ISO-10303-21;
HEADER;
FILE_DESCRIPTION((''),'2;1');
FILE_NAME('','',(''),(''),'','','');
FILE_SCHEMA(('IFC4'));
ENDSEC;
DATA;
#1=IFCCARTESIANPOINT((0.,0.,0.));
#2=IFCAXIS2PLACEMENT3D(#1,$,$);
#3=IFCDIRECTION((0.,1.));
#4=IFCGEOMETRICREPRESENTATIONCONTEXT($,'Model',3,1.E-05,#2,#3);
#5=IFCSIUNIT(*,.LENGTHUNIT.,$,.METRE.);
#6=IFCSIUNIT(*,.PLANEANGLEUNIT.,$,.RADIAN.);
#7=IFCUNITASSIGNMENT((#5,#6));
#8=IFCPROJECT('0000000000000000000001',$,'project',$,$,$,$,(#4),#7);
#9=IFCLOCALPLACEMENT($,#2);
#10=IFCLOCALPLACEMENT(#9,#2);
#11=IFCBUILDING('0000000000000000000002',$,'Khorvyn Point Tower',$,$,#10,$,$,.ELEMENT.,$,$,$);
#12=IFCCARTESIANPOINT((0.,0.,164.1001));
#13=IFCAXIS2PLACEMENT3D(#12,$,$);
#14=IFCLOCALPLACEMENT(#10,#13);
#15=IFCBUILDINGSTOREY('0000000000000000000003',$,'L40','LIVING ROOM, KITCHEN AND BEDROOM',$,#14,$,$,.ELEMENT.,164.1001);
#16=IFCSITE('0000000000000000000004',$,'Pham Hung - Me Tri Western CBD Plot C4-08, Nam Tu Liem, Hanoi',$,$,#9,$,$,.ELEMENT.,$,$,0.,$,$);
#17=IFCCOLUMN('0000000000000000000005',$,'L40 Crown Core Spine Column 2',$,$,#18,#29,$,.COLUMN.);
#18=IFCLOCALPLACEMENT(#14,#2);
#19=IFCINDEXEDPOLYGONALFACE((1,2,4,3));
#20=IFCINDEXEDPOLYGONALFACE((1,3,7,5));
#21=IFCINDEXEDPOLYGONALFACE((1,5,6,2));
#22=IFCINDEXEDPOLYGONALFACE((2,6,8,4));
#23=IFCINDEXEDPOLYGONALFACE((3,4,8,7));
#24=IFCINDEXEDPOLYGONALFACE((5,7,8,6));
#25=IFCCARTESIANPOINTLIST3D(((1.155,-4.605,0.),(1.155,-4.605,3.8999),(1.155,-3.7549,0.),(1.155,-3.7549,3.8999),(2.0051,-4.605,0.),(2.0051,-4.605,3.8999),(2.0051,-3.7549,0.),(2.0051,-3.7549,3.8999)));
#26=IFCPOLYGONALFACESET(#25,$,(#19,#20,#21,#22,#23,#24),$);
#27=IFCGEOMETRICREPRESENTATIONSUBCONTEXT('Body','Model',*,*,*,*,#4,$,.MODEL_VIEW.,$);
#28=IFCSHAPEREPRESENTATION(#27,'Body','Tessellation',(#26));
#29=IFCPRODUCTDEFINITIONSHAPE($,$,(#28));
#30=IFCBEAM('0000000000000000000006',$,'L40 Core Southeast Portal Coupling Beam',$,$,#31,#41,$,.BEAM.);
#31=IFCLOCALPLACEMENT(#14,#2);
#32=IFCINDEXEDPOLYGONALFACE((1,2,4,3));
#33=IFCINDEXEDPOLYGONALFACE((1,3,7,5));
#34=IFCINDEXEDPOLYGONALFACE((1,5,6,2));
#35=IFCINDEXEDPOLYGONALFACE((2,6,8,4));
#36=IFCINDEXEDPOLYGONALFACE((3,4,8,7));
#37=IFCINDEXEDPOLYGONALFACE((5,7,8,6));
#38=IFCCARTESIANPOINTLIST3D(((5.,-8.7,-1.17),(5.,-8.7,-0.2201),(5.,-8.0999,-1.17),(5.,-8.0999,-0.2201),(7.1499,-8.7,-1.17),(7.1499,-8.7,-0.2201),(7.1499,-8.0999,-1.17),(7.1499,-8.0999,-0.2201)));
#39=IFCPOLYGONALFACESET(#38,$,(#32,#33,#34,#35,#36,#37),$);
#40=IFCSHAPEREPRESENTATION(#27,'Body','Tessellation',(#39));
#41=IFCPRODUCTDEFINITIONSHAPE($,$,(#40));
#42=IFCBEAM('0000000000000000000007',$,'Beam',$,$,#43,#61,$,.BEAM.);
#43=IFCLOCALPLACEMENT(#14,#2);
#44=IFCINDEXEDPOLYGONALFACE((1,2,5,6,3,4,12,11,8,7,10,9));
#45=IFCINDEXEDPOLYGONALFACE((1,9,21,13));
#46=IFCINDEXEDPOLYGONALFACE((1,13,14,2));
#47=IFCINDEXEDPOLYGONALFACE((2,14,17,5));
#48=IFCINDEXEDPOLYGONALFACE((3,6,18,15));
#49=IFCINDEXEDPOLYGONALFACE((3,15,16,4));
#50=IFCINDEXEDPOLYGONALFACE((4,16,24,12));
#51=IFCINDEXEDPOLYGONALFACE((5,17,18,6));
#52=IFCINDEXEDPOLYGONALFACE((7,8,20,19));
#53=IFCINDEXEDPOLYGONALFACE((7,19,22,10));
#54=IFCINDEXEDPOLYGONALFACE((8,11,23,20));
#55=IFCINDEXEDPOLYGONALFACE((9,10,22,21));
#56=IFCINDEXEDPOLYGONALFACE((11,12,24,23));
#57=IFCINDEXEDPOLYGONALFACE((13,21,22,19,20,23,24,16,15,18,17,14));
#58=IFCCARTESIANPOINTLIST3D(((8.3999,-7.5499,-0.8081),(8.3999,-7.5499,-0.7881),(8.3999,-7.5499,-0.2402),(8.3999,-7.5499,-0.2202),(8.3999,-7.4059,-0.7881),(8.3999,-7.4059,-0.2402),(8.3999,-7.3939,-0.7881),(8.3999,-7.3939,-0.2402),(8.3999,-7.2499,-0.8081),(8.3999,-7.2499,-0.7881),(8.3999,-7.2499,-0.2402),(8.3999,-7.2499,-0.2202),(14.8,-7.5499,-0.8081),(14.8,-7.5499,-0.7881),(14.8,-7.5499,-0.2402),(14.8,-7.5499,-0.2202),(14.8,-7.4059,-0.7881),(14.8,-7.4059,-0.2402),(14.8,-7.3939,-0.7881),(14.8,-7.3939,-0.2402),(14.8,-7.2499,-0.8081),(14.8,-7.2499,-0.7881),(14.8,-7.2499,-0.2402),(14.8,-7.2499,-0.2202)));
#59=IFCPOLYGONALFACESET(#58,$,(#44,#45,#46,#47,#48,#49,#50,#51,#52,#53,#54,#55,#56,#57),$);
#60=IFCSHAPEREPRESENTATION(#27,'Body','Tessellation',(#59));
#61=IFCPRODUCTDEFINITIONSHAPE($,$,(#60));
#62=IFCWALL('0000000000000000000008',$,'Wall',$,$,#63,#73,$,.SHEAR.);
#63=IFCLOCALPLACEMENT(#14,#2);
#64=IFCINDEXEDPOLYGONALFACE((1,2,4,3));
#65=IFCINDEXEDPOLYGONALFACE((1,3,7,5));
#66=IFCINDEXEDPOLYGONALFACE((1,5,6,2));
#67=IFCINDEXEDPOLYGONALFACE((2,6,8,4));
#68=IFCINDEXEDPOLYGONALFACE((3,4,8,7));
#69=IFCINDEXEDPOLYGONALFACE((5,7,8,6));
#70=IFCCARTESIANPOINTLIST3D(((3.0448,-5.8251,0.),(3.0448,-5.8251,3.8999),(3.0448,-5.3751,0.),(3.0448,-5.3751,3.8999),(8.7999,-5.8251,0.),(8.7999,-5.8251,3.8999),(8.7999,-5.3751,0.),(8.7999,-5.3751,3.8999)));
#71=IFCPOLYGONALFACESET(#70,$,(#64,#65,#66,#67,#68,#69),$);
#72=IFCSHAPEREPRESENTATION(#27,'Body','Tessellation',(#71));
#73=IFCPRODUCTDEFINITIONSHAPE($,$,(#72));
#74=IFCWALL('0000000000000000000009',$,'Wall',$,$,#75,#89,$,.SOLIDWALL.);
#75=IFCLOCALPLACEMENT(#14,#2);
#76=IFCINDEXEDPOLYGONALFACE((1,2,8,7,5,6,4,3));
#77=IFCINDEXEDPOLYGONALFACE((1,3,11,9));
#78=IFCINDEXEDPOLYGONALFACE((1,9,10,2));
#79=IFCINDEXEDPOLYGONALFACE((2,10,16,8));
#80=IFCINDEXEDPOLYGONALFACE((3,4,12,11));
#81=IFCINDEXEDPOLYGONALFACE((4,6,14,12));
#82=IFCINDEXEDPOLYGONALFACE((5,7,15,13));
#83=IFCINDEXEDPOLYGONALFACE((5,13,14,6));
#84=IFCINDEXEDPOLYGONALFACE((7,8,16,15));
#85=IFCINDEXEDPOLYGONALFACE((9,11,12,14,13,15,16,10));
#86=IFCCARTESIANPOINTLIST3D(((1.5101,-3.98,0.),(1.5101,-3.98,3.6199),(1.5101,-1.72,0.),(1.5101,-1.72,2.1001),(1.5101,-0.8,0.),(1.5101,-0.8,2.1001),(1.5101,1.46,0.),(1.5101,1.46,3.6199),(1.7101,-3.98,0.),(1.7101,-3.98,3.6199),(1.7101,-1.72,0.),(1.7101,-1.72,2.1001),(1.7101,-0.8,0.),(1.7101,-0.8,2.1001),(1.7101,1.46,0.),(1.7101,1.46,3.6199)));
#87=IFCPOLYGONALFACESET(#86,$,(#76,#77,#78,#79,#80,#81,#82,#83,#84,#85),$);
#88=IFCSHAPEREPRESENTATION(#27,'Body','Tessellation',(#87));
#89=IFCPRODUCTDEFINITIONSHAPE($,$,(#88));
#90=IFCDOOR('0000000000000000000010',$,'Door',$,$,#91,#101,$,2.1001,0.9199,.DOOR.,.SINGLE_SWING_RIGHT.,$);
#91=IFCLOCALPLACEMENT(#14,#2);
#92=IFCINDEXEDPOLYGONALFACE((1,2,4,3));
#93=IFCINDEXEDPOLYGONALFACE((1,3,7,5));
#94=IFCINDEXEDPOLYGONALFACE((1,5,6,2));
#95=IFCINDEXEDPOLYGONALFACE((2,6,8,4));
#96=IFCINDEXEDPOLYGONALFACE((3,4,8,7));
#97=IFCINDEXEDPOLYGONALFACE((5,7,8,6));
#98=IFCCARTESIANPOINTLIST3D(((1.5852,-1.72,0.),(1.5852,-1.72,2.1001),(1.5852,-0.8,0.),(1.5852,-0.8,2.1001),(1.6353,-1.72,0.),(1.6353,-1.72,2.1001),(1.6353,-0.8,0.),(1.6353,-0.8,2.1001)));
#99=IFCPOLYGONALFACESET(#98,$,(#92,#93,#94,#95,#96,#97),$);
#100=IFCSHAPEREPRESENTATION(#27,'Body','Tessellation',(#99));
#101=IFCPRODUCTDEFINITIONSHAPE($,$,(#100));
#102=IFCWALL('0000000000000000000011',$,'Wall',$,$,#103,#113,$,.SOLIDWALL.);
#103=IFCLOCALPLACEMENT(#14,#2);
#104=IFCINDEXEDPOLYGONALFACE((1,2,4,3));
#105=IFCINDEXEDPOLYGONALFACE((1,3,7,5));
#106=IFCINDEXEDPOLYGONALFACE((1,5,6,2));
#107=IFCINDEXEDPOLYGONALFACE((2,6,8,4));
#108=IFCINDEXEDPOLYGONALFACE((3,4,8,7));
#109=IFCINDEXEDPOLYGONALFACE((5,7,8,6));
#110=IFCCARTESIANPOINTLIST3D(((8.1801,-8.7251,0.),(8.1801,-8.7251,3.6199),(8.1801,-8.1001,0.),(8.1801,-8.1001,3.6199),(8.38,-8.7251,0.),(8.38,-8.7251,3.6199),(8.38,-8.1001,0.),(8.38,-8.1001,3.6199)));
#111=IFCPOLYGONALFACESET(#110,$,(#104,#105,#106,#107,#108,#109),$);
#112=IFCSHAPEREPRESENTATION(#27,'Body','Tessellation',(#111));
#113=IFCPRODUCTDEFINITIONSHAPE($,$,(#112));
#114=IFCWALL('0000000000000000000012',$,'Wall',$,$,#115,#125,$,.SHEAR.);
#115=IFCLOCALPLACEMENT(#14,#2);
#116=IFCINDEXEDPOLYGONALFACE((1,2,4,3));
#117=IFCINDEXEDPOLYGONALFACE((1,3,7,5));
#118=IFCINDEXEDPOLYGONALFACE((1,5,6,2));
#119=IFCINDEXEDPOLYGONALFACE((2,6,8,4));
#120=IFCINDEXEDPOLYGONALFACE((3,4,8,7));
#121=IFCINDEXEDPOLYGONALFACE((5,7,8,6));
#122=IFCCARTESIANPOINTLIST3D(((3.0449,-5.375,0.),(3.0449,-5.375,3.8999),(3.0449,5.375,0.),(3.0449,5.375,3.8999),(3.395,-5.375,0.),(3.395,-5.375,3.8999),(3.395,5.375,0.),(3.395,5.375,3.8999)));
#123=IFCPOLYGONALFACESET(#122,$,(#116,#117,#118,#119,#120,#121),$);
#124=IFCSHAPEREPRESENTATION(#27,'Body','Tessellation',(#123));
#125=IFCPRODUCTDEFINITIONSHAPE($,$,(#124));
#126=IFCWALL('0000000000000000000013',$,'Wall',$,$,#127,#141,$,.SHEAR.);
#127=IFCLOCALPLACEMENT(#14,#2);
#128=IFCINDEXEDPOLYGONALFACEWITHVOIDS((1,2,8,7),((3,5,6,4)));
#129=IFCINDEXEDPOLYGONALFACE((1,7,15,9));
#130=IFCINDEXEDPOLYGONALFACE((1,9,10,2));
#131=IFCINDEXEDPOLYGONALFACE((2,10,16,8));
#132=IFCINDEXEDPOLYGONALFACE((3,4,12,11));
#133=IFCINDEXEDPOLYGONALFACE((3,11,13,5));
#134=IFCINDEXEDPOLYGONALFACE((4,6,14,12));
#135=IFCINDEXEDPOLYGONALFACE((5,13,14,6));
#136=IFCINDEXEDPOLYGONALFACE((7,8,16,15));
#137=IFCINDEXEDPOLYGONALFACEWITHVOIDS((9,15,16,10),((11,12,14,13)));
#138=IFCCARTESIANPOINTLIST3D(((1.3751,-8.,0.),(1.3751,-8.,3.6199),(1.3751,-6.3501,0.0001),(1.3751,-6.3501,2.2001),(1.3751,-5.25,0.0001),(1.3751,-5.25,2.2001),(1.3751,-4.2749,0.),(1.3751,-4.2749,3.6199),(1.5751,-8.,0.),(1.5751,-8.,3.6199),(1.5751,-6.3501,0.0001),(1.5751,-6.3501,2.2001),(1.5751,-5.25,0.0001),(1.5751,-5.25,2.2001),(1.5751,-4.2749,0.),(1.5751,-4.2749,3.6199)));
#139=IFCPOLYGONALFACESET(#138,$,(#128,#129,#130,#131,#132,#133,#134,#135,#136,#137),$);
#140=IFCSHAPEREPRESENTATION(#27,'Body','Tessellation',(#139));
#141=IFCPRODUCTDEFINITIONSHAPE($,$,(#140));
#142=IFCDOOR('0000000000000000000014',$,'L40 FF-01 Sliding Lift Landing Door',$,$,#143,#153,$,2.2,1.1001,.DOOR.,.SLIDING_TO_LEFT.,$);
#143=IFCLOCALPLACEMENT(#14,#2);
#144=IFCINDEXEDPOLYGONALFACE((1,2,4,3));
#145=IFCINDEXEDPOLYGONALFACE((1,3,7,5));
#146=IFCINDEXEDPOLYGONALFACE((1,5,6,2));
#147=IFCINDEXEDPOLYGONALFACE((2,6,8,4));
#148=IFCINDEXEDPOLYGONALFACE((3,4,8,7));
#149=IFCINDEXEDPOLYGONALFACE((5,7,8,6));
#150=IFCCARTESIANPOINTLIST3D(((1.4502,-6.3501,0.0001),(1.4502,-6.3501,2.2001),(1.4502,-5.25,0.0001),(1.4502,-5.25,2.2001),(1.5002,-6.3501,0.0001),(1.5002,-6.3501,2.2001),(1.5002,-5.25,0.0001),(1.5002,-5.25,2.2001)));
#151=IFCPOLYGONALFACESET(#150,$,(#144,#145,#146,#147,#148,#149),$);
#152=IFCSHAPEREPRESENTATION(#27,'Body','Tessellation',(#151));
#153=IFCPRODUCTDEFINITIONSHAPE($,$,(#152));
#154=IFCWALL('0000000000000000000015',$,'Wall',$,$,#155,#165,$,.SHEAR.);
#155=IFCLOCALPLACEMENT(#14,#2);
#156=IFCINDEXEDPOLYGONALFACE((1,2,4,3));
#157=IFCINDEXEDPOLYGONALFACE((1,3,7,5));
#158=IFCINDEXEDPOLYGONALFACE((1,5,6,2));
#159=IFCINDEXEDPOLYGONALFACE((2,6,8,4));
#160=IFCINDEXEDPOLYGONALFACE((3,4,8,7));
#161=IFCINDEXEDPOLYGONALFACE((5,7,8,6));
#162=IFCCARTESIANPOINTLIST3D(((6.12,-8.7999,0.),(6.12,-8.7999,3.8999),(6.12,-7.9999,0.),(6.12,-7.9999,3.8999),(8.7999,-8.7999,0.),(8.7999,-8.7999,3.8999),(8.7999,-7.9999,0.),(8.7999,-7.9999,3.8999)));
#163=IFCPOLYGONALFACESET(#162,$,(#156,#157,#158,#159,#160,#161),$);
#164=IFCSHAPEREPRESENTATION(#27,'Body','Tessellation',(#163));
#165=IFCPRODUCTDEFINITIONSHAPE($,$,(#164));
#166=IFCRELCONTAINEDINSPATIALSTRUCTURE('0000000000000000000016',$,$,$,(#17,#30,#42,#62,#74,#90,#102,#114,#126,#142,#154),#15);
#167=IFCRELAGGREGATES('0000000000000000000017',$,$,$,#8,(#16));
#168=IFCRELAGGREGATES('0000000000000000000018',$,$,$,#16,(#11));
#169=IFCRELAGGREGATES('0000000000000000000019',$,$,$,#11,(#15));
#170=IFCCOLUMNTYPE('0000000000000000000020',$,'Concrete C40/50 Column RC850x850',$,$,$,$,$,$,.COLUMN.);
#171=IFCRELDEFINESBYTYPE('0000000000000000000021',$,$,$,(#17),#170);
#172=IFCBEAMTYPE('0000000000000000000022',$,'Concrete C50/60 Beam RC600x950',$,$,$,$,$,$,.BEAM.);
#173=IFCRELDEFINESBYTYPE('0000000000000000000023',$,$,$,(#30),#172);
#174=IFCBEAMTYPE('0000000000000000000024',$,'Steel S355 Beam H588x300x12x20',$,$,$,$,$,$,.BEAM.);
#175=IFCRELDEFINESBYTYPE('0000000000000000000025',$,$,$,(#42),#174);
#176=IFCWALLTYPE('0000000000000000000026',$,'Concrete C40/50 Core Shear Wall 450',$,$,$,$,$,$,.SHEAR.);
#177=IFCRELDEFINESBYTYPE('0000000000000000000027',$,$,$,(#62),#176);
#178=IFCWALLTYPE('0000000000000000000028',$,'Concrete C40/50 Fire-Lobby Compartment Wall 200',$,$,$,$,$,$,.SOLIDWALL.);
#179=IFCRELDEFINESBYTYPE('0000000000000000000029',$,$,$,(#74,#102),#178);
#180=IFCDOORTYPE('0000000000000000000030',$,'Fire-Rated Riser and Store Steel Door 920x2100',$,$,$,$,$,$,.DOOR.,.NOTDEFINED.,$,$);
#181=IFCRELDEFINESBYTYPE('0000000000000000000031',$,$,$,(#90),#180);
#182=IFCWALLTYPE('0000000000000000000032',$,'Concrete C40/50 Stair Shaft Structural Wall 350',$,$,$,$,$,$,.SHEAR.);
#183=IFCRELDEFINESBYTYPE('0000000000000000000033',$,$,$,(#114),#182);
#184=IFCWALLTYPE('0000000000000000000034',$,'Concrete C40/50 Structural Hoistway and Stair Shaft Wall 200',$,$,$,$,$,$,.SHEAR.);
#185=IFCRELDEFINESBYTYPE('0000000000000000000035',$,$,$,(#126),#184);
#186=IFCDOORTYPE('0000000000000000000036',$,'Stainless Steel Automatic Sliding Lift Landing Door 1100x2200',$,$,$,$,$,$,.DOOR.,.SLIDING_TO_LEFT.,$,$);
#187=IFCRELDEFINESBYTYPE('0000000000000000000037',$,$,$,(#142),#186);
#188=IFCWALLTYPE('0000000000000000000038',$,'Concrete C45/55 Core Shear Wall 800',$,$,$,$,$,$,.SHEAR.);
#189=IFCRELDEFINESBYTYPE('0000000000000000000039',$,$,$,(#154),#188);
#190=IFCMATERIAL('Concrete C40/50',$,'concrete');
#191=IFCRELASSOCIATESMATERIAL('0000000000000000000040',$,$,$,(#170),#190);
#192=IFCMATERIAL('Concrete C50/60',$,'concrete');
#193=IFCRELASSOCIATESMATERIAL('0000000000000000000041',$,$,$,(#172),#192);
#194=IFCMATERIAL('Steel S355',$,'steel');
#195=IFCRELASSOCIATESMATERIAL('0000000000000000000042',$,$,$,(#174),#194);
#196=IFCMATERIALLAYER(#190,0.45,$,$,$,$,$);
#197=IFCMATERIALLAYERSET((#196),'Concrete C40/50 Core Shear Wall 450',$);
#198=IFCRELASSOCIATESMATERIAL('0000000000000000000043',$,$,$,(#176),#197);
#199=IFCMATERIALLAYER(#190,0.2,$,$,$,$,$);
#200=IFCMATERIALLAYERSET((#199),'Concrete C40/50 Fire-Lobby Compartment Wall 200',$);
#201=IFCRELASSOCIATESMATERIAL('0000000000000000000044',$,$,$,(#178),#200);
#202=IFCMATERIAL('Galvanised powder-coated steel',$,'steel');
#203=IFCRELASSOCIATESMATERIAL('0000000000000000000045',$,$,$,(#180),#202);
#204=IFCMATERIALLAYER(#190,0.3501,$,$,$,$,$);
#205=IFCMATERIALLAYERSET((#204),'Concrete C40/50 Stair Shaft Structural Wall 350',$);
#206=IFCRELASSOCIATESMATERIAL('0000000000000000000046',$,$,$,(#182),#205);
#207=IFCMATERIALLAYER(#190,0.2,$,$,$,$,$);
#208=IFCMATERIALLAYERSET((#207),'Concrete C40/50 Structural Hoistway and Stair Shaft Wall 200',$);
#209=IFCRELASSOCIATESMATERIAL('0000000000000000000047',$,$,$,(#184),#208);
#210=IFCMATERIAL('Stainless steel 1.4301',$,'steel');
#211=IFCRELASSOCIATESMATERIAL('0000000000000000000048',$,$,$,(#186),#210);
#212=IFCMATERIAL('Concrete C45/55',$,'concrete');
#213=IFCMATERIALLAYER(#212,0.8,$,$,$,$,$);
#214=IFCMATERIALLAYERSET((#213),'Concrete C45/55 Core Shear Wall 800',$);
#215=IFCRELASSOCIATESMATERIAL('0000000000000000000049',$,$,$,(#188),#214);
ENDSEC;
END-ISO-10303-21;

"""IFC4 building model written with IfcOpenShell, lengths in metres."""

from ifc_helpers import new_model, si_unit, direction, frame, frame_2d, origin, origin_2d, place, context, subcontext, project, spatial, rectangle, i_section, extrude, material, layer, layer_set, material_profile, profile_set, type_object, element, fill, save


model = new_model("IFC4")

# Units and contexts
model_context = context("Model", 3, precision=1e-05, world=origin(), true_north=direction((0.0, 1.0)))
body_context = subcontext(model_context, "Body", "Model", "MODEL_VIEW")
ifc_project = project(units=[si_unit("LENGTHUNIT", "METRE"), si_unit("PLANEANGLEUNIT", "RADIAN")], contexts=[model_context])

# Site, building, storey
site_placement = place(None, origin())
site = spatial("IfcSite", under=ifc_project, at=site_placement, Name="Pham Hung - Me Tri Western CBD Plot C4-08, Nam Tu Liem, Hanoi", CompositionType="ELEMENT", RefElevation=0.0)
building_placement = place(site_placement, origin())
building = spatial("IfcBuilding", under=site, at=building_placement, Name="Khorvyn Point Tower", CompositionType="ELEMENT")
storey_placement = place(building_placement, frame((0.0, 0.0, 164.1001)))
storey = spatial("IfcBuildingStorey", under=building, at=storey_placement, Name="L40", Description="LIVING ROOM, KITCHEN AND BEDROOM", CompositionType="ELEMENT", Elevation=164.1001)

# Column
ifc_material_1 = material(Name="Concrete C40/50", Category="concrete")
ifc_material_profile_1 = material_profile(ifc_material_1, rectangle(XDim=0.8501, YDim=0.8501, at=origin_2d()))
ifc_profile_set_1 = profile_set([ifc_material_profile_1], Name="Concrete C40/50 RC850x850")
column_type = type_object("IfcColumnType", Name="Concrete C40/50 Column RC850x850", PredefinedType="COLUMN", material=ifc_profile_set_1)
column_placement = place(storey_placement, frame((1.5801, -4.1799, 0.0), z_axis=(0.0, 0.0, 1.0), x_axis=(1.0, 0.0, 0.0)))
element("IfcColumn", 1, at=column_placement, inside=storey, type_object=column_type, Name="L40 Crown Core Spine Column 2", PredefinedType="COLUMN", context=body_context, shape_type="SweptSolid", body=[
    extrude(rectangle(XDim=0.8501, YDim=0.8501, at=origin_2d()), origin(), (0.0, 0.0, 1.0), 3.8999),
])

# Beams
ifc_material_2 = material(Name="Concrete C50/60", Category="concrete")
ifc_material_profile_2 = material_profile(ifc_material_2, rectangle(XDim=0.6001, YDim=0.95, at=origin_2d()))
ifc_profile_set_2 = profile_set([ifc_material_profile_2], Name="Concrete C50/60 RC600x950")
beam_type_1 = type_object("IfcBeamType", Name="Concrete C50/60 Beam RC600x950", PredefinedType="BEAM", material=ifc_profile_set_2)
beam_1_placement = place(storey_placement, frame((5.0, -8.3999, -0.6951), z_axis=(1.0, 0.0, 0.0), x_axis=(0.0, 1.0, 0.0)))
element("IfcBeam", 2, at=beam_1_placement, inside=storey, type_object=beam_type_1, Name="L40 Core Southeast Portal Coupling Beam", PredefinedType="BEAM", context=body_context, shape_type="SweptSolid", body=[
    extrude(rectangle(XDim=0.6001, YDim=0.95, at=origin_2d()), origin(), (0.0, 0.0, 1.0), 2.1499),
])
ifc_material_3 = material(Name="Steel S355", Category="steel")
ifc_material_profile_3 = material_profile(ifc_material_3, i_section(OverallWidth=0.3, OverallDepth=0.5879, WebThickness=0.012, FlangeThickness=0.02, at=origin_2d()))
ifc_profile_set_3 = profile_set([ifc_material_profile_3], Name="Steel S355 H588x300x12x20")
beam_type_2 = type_object("IfcBeamType", Name="Steel S355 Beam H588x300x12x20", PredefinedType="BEAM", material=ifc_profile_set_3)
beam_2_placement = place(storey_placement, frame((8.3999, -7.3999, -0.5142), z_axis=(1.0, 0.0, 0.0), x_axis=(0.0, 1.0, 0.0)))
element("IfcBeam", 3, at=beam_2_placement, inside=storey, type_object=beam_type_2, Name="Beam", PredefinedType="BEAM", context=body_context, shape_type="SweptSolid", body=[
    extrude(i_section(OverallWidth=0.3, OverallDepth=0.5879, WebThickness=0.012, FlangeThickness=0.02, at=origin_2d()), origin(), (0.0, 0.0, 1.0), 6.4001),
])

# Wall
ifc_layer_1 = layer(ifc_material_1, 0.45)
ifc_layer_set_1 = layer_set([ifc_layer_1], Name="Concrete C40/50 Core Shear Wall 450")
wall_type_1 = type_object("IfcWallType", Name="Concrete C40/50 Core Shear Wall 450", PredefinedType="SHEAR", material=ifc_layer_set_1)
wall_1_placement = place(storey_placement, frame((3.0449, -5.6001, 0.0), z_axis=(0.0, 0.0, 1.0), x_axis=(1.0, 0.0, 0.0)))
element("IfcWall", 4, at=wall_1_placement, inside=storey, type_object=wall_type_1, Name="Wall", PredefinedType="SHEAR", context=body_context, shape_type="SweptSolid", body=[
    extrude(rectangle(XDim=5.7551, YDim=0.45, at=frame_2d((2.8774, 0.0))), origin(), (0.0, 0.0, 1.0), 3.8999),
])

# Wall, opening, door
ifc_layer_2 = layer(ifc_material_1, 0.2)
ifc_layer_set_2 = layer_set([ifc_layer_2], Name="Concrete C40/50 Fire-Lobby Compartment Wall 200")
wall_type_2 = type_object("IfcWallType", Name="Concrete C40/50 Fire-Lobby Compartment Wall 200", PredefinedType="SOLIDWALL", material=ifc_layer_set_2)
ifc_material_4 = material(Name="Galvanised powder-coated steel", Category="steel")
wall_2_placement = place(storey_placement, frame((1.6101, -3.98, 0.0), z_axis=(0.0, 0.0, 1.0), x_axis=(0.0, 1.0, 0.0)))
wall_2 = element("IfcWall", 5, at=wall_2_placement, inside=storey, type_object=wall_type_2, Name="Wall", PredefinedType="SOLIDWALL", context=body_context, shape_type="SweptSolid", body=[
    extrude(rectangle(XDim=5.4399, YDim=0.2, at=frame_2d((2.72, 0.0))), origin(), (0.0, 0.0, 1.0), 3.6199),
])
opening_1_placement = place(wall_2_placement, frame((2.26, 0.0, 0.0)))
opening_1 = element("IfcOpeningElement", 6, at=opening_1_placement, cuts=wall_2, PredefinedType="OPENING", context=body_context, shape_type="SweptSolid", body=[
    extrude(rectangle(XDim=0.9199, YDim=2.1001, at=frame_2d((0.46, 1.05))), frame((0.0, 0.1099, 0.0), z_axis=(0.0, -1.0, 0.0), x_axis=(1.0, 0.0, 0.0)), (0.0, 0.0, 1.0), 0.22),
])
door_type_1 = type_object("IfcDoorType", Name="Fire-Rated Riser and Store Steel Door 920x2100", OperationType="NOTDEFINED", PredefinedType="DOOR", material=ifc_material_4)
door_1_placement = place(opening_1_placement, origin())
door_1 = element("IfcDoor", 7, at=door_1_placement, inside=storey, type_object=door_type_1, Name="Door", OperationType="SINGLE_SWING_RIGHT", OverallHeight=2.1001, OverallWidth=0.9199, PredefinedType="DOOR", context=body_context, shape_type="SweptSolid", body=[
    extrude(rectangle(XDim=0.9199, YDim=2.1001, at=frame_2d((0.46, 1.05))), frame((0.0, 0.0249, 0.0), z_axis=(0.0, -1.0, 0.0), x_axis=(1.0, 0.0, 0.0)), (0.0, 0.0, 1.0), 0.05),
])
fill(opening_1, door_1)

# Walls
wall_3_placement = place(storey_placement, frame((8.28, -8.7251, 0.0), z_axis=(0.0, 0.0, 1.0), x_axis=(0.0, 1.0, 0.0)))
element("IfcWall", 8, at=wall_3_placement, inside=storey, type_object=wall_type_2, Name="Wall", PredefinedType="SOLIDWALL", context=body_context, shape_type="SweptSolid", body=[
    extrude(rectangle(XDim=0.625, YDim=0.2, at=frame_2d((0.3125, 0.0))), origin(), (0.0, 0.0, 1.0), 3.6199),
])
ifc_layer_3 = layer(ifc_material_1, 0.3501)
ifc_layer_set_3 = layer_set([ifc_layer_3], Name="Concrete C40/50 Stair Shaft Structural Wall 350")
wall_type_3 = type_object("IfcWallType", Name="Concrete C40/50 Stair Shaft Structural Wall 350", PredefinedType="SHEAR", material=ifc_layer_set_3)
wall_4_placement = place(storey_placement, frame((3.22, -5.375, 0.0), z_axis=(0.0, 0.0, 1.0), x_axis=(0.0, 1.0, 0.0)))
element("IfcWall", 9, at=wall_4_placement, inside=storey, type_object=wall_type_3, Name="Wall", PredefinedType="SHEAR", context=body_context, shape_type="SweptSolid", body=[
    extrude(rectangle(XDim=10.75, YDim=0.3501, at=frame_2d((5.375, 0.0))), origin(), (0.0, 0.0, 1.0), 3.8999),
])

# Wall, opening, door
ifc_layer_4 = layer(ifc_material_1, 0.2)
ifc_layer_set_4 = layer_set([ifc_layer_4], Name="Concrete C40/50 Structural Hoistway and Stair Shaft Wall 200")
wall_type_4 = type_object("IfcWallType", Name="Concrete C40/50 Structural Hoistway and Stair Shaft Wall 200", PredefinedType="SHEAR", material=ifc_layer_set_4)
wall_5_placement = place(storey_placement, frame((1.4751, -8.0, 0.0), z_axis=(0.0, 0.0, 1.0), x_axis=(0.0, 1.0, 0.0)))
wall_5 = element("IfcWall", 10, at=wall_5_placement, inside=storey, type_object=wall_type_4, Name="Wall", PredefinedType="SHEAR", context=body_context, shape_type="SweptSolid", body=[
    extrude(rectangle(XDim=3.7251, YDim=0.2, at=frame_2d((1.8625, 0.0))), origin(), (0.0, 0.0, 1.0), 3.6199),
])
opening_2_placement = place(wall_5_placement, frame((1.6499, 0.0, 0.0)))
opening_2 = element("IfcOpeningElement", 11, at=opening_2_placement, cuts=wall_5, PredefinedType="OPENING", context=body_context, shape_type="SweptSolid", body=[
    extrude(rectangle(XDim=1.1001, YDim=2.2, at=frame_2d((0.55, 1.1001))), frame((0.0, 0.1099, 0.0), z_axis=(0.0, -1.0, 0.0), x_axis=(1.0, 0.0, 0.0)), (0.0, 0.0, 1.0), 0.22),
])
ifc_material_5 = material(Name="Stainless steel 1.4301", Category="steel")
door_type_2 = type_object("IfcDoorType", Name="Stainless Steel Automatic Sliding Lift Landing Door 1100x2200", OperationType="SLIDING_TO_LEFT", PredefinedType="DOOR", material=ifc_material_5)
door_2_placement = place(opening_2_placement, origin())
door_2 = element("IfcDoor", 12, at=door_2_placement, inside=storey, type_object=door_type_2, Name="L40 FF-01 Sliding Lift Landing Door", OperationType="SLIDING_TO_LEFT", OverallHeight=2.2, OverallWidth=1.1001, PredefinedType="DOOR", context=body_context, shape_type="SweptSolid", body=[
    extrude(rectangle(XDim=1.1001, YDim=2.2, at=frame_2d((0.55, 1.1001))), frame((0.0, 0.0249, 0.0), z_axis=(0.0, -1.0, 0.0), x_axis=(1.0, 0.0, 0.0)), (0.0, 0.0, 1.0), 0.05),
])
fill(opening_2, door_2)

# Wall
ifc_material_6 = material(Name="Concrete C45/55", Category="concrete")
ifc_layer_5 = layer(ifc_material_6, 0.8)
ifc_layer_set_5 = layer_set([ifc_layer_5], Name="Concrete C45/55 Core Shear Wall 800")
wall_type_5 = type_object("IfcWallType", Name="Concrete C45/55 Core Shear Wall 800", PredefinedType="SHEAR", material=ifc_layer_set_5)
wall_6_placement = place(storey_placement, frame((6.1201, -8.3999, 0.0), z_axis=(0.0, 0.0, 1.0), x_axis=(1.0, 0.0, 0.0)))
element("IfcWall", 13, at=wall_6_placement, inside=storey, type_object=wall_type_5, Name="Wall", PredefinedType="SHEAR", context=body_context, shape_type="SweptSolid", body=[
    extrude(rectangle(XDim=2.6799, YDim=0.8, at=frame_2d((1.3398, 0.0))), origin(), (0.0, 0.0, 1.0), 3.8999),
])

save(model, "model.ifc")
